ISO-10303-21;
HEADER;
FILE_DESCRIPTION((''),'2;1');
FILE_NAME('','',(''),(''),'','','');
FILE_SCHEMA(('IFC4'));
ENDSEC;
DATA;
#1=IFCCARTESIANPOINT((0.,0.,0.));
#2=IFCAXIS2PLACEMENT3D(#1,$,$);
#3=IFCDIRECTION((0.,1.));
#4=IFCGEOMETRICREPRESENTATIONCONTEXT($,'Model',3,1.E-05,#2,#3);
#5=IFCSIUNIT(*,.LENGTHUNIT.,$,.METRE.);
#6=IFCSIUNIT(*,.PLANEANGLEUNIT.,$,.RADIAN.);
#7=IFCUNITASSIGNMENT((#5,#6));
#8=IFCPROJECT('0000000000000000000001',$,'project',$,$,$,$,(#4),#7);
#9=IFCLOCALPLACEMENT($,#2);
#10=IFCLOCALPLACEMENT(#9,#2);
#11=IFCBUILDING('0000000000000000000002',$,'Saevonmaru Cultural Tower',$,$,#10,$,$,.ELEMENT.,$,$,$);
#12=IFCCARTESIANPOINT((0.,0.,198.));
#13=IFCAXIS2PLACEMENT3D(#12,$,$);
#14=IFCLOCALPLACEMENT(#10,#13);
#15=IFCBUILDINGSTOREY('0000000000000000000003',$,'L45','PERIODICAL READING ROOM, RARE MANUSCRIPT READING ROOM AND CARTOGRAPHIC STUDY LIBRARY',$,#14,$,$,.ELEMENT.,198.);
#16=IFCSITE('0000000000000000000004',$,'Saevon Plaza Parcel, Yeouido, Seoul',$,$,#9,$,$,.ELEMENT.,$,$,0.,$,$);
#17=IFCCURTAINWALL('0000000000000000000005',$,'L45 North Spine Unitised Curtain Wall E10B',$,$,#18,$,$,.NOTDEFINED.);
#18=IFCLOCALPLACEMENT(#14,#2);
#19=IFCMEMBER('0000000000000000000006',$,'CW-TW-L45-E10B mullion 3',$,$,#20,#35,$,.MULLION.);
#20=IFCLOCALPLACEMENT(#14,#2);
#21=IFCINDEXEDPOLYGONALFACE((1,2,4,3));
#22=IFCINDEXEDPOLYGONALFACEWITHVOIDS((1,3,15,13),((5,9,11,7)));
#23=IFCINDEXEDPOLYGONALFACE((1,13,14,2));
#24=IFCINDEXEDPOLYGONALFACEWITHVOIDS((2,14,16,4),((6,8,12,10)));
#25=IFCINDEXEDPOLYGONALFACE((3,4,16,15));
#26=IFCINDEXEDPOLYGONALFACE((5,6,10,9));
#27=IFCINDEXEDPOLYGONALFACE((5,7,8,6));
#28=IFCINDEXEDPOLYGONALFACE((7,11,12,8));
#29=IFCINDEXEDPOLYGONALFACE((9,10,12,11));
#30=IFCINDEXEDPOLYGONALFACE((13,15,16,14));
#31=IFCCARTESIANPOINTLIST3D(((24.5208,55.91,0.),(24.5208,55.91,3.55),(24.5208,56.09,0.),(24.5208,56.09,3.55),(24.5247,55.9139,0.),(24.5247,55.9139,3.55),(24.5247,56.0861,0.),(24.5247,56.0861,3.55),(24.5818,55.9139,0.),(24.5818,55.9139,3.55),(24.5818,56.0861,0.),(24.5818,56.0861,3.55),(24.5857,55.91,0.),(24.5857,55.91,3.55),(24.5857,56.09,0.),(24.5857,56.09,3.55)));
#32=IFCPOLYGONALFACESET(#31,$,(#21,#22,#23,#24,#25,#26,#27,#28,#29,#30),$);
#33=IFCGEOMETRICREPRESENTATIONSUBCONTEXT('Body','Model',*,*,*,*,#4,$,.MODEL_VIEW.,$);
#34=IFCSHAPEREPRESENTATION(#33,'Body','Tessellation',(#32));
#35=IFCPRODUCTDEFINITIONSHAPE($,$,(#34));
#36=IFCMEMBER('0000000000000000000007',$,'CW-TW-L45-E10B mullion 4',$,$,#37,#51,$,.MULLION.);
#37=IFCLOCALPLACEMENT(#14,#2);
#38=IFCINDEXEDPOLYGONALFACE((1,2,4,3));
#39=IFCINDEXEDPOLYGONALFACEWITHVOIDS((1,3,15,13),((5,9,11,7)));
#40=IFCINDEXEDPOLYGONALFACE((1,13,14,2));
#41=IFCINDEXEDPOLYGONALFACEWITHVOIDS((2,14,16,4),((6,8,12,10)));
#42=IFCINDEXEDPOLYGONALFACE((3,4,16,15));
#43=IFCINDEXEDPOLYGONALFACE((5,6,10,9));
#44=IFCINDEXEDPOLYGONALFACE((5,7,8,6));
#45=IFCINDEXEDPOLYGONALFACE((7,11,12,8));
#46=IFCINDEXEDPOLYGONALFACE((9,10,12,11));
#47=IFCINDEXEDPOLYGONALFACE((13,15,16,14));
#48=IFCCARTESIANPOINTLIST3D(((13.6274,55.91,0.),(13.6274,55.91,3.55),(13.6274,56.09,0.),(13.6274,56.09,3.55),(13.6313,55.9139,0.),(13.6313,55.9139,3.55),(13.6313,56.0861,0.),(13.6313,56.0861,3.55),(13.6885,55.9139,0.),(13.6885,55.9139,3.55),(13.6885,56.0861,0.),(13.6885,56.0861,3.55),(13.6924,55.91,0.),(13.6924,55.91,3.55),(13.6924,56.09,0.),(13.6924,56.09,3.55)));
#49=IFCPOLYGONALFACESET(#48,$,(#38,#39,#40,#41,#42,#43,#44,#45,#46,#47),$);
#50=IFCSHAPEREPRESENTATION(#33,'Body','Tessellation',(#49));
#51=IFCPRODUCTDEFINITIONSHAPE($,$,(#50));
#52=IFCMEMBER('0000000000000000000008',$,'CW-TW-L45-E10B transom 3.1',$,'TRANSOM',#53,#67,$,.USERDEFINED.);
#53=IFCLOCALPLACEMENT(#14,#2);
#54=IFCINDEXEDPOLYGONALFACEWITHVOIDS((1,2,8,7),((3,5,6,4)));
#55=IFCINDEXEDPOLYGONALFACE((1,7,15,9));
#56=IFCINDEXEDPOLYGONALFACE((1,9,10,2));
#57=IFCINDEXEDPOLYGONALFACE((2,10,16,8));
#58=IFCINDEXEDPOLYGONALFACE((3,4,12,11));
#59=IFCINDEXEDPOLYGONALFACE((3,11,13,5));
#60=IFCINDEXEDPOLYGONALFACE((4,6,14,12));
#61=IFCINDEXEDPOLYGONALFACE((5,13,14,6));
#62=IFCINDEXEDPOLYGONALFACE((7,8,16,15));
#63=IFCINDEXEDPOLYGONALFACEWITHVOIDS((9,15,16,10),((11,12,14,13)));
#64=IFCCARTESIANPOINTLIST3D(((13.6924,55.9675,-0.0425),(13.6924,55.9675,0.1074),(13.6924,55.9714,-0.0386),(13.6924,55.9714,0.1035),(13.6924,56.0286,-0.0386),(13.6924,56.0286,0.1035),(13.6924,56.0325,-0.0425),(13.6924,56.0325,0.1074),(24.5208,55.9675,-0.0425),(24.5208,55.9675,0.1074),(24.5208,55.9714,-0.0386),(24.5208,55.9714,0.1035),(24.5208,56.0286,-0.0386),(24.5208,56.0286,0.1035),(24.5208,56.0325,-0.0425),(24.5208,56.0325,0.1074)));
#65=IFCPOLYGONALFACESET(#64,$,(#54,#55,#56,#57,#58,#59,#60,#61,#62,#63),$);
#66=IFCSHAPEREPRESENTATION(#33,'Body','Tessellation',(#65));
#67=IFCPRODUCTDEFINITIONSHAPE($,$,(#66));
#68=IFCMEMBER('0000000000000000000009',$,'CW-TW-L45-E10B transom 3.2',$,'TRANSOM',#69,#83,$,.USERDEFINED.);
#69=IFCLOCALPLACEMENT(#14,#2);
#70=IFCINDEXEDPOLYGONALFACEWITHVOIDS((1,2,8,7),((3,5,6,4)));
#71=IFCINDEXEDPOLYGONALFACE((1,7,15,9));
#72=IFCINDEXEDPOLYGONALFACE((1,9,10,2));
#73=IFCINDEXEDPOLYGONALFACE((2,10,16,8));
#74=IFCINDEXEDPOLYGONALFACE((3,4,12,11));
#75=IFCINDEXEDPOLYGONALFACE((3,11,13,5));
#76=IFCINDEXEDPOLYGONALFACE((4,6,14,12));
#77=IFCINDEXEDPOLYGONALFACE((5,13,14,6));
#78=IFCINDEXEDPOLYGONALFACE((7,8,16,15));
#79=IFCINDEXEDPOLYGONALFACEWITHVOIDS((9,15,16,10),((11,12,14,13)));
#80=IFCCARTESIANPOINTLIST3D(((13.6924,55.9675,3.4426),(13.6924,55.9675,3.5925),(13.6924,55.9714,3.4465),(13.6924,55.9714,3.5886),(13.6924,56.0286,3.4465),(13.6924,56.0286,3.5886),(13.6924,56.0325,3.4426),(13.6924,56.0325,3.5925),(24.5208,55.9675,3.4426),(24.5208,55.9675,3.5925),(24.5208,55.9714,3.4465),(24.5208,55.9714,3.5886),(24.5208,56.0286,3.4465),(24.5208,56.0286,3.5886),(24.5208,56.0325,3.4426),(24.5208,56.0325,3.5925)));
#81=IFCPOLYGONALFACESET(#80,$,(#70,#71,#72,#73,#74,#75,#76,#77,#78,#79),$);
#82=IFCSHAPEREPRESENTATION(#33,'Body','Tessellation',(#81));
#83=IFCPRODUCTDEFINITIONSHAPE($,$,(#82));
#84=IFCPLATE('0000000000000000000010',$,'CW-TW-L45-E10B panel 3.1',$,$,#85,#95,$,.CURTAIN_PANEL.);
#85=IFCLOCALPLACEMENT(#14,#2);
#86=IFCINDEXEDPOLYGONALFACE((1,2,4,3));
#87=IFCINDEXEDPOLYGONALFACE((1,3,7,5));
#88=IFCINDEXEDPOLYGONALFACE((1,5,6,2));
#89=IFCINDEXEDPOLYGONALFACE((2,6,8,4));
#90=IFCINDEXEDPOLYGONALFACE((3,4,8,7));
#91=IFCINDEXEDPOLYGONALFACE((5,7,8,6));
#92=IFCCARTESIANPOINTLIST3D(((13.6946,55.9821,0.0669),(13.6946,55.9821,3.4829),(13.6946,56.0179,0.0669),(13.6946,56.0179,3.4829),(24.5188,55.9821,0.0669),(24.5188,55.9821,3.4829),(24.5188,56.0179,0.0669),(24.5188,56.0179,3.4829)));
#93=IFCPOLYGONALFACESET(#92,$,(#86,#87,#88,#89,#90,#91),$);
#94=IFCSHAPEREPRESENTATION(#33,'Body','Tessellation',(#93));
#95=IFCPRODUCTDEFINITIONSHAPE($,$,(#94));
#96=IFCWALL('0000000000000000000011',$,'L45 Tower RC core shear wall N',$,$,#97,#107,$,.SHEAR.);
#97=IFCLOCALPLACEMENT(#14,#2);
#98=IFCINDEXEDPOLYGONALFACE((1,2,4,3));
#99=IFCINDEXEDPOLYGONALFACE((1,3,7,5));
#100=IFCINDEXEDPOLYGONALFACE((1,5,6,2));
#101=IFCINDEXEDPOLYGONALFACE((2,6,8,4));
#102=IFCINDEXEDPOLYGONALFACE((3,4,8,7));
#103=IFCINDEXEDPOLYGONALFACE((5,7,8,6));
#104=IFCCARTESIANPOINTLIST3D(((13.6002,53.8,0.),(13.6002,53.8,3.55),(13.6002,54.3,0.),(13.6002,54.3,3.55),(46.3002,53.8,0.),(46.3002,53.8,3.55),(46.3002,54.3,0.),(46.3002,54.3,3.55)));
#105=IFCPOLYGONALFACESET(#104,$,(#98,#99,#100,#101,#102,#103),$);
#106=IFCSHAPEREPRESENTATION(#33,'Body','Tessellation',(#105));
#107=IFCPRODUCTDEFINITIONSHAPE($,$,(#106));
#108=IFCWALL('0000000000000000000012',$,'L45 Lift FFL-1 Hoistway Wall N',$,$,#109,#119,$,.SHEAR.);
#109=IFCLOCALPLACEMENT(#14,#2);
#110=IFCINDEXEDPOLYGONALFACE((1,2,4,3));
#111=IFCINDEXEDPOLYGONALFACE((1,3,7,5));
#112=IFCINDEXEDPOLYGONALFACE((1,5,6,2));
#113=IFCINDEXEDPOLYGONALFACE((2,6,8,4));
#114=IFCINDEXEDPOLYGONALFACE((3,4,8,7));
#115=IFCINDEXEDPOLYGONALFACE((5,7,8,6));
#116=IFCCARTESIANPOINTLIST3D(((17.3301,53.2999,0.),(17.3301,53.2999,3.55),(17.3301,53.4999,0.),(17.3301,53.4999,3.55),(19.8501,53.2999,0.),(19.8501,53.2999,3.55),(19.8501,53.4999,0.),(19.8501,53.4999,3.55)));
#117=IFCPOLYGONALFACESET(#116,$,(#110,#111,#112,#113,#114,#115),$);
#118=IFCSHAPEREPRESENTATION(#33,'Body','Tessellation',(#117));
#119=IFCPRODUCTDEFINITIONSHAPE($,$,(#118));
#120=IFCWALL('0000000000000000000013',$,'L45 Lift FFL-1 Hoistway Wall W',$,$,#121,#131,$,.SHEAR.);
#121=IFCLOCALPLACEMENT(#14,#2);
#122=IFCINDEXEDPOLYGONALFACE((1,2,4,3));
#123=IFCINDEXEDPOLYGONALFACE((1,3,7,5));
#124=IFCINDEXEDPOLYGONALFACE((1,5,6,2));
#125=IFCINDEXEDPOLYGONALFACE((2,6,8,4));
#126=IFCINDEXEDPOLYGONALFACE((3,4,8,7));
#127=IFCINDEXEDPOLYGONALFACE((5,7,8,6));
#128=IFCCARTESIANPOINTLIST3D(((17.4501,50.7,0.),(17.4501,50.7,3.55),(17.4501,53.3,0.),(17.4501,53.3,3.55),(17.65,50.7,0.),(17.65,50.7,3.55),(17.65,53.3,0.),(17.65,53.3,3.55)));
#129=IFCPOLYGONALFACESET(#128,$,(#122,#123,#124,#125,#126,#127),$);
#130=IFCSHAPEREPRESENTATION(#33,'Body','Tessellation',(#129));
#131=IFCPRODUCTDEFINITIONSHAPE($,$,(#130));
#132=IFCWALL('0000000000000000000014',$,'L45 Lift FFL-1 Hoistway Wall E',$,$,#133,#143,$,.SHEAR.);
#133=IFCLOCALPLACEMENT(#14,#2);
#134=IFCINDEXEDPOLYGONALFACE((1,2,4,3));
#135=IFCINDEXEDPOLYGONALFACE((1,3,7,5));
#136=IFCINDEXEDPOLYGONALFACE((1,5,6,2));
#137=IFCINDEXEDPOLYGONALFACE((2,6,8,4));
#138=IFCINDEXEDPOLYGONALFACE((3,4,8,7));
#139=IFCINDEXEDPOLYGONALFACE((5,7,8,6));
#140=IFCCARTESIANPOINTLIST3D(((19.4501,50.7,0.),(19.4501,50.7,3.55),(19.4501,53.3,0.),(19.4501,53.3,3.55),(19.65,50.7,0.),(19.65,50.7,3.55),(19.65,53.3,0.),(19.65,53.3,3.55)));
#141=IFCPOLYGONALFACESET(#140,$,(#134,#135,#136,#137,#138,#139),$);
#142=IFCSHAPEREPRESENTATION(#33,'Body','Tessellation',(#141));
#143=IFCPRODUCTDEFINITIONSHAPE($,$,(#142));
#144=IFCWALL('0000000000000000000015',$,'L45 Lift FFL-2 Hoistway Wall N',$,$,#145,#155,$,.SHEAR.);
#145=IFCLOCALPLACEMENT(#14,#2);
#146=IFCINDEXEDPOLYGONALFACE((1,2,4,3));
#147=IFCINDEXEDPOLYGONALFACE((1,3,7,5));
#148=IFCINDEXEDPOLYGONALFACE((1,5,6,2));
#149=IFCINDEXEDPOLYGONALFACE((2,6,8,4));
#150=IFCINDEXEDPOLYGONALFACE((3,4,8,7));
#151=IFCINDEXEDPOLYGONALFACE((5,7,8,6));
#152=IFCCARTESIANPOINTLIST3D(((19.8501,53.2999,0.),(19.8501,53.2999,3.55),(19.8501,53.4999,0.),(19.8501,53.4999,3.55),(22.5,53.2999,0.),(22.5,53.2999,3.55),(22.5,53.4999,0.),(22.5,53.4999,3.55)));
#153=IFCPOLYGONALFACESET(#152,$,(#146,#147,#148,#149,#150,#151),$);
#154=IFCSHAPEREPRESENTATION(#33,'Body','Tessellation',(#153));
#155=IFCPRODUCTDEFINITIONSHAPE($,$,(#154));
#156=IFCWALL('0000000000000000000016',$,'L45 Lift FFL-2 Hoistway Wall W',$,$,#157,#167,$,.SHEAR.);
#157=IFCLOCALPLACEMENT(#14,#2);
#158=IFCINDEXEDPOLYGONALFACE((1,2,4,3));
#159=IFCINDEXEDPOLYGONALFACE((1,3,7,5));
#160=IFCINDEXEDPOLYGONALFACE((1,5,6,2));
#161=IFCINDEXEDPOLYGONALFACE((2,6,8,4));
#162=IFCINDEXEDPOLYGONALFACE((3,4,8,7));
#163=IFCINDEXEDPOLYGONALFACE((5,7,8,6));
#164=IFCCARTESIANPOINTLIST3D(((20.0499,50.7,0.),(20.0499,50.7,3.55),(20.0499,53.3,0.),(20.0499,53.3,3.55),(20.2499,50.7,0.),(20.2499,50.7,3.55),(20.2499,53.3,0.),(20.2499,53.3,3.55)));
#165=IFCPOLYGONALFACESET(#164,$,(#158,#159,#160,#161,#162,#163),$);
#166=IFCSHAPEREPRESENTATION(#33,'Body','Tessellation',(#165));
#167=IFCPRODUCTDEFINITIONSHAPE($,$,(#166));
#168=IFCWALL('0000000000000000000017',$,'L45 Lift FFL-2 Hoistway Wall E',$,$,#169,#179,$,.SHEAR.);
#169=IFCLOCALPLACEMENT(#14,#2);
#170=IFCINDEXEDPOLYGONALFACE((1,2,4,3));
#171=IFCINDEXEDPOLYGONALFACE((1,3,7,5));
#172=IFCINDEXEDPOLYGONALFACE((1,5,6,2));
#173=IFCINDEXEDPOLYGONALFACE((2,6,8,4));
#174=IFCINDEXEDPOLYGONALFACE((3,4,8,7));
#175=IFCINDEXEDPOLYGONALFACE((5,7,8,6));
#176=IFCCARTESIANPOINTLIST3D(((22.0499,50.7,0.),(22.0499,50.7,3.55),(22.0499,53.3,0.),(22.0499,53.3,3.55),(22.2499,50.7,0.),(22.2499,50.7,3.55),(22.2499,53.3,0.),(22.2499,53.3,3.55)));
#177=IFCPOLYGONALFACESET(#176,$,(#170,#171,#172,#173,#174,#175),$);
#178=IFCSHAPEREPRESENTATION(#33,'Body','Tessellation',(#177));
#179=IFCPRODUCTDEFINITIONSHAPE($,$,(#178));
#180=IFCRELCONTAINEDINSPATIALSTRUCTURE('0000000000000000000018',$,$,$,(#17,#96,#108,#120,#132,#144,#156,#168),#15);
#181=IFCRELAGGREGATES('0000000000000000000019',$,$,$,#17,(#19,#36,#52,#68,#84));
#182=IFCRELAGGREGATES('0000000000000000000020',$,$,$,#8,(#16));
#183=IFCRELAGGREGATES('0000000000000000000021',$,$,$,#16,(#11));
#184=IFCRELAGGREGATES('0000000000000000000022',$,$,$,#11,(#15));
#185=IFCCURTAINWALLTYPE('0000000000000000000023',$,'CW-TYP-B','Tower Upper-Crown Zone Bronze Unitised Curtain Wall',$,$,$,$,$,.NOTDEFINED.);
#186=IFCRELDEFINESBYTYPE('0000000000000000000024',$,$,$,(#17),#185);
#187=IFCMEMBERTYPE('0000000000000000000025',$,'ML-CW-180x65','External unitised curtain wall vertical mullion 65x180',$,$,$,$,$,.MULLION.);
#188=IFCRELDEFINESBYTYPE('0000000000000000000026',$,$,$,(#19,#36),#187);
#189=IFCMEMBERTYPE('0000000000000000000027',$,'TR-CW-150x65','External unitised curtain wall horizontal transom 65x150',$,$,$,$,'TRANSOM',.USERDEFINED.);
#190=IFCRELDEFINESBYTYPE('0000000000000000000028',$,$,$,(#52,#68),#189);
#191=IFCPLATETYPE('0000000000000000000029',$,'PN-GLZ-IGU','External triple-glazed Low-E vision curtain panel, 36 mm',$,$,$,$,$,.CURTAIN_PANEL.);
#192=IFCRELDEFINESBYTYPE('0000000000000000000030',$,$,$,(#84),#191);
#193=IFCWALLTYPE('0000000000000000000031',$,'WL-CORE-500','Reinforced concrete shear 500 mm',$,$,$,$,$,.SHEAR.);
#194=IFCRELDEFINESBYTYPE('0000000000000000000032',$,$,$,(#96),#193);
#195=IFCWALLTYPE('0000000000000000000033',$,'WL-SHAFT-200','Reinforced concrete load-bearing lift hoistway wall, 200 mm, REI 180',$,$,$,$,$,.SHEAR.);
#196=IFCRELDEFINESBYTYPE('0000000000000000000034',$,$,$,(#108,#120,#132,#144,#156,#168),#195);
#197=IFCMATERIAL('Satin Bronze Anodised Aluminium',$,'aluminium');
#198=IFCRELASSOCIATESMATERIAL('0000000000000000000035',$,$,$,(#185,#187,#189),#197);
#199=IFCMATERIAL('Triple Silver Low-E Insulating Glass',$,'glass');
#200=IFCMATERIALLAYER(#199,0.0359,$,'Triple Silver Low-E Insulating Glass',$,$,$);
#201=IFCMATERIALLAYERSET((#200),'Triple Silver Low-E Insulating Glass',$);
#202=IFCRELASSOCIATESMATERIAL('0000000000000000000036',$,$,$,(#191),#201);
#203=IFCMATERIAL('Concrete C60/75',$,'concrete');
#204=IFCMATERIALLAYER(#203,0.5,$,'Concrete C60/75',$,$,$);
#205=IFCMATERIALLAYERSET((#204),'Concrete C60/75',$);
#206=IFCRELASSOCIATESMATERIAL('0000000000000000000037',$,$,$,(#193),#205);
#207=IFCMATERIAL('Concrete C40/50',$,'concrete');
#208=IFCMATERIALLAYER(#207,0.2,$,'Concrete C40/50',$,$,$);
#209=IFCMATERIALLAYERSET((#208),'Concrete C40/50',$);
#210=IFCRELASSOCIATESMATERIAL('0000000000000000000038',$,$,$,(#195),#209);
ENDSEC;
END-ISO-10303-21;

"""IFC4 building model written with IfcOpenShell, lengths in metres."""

from ifc_helpers import new_model, si_unit, direction, frame, frame_2d, origin, origin_2d, place, context, subcontext, project, spatial, rectangle, hollow_rectangle, extrude, material, layer, layer_set, material_profile, profile_set, type_object, element, aggregate, save


model = new_model("IFC4")

# Units and contexts
model_context = context("Model", 3, precision=1e-05, world=origin(), true_north=direction((0.0, 1.0)))
body_context = subcontext(model_context, "Body", "Model", "MODEL_VIEW")
ifc_project = project(units=[si_unit("LENGTHUNIT", "METRE"), si_unit("PLANEANGLEUNIT", "RADIAN")], contexts=[model_context])

# Site, building, storey
site_placement = place(None, origin())
site = spatial("IfcSite", under=ifc_project, at=site_placement, Name="Saevon Plaza Parcel, Yeouido, Seoul", CompositionType="ELEMENT", RefElevation=0.0)
building_placement = place(site_placement, origin())
building = spatial("IfcBuilding", under=site, at=building_placement, Name="Saevonmaru Cultural Tower", CompositionType="ELEMENT")
storey_placement = place(building_placement, frame((0.0, 0.0, 198.0)))
storey = spatial("IfcBuildingStorey", under=building, at=storey_placement, Name="L45", Description="PERIODICAL READING ROOM, RARE MANUSCRIPT READING ROOM AND CARTOGRAPHIC STUDY LIBRARY", CompositionType="ELEMENT", Elevation=198.0)

# Curtain wall, members, plate
ifc_material_1 = material(Name="Satin Bronze Anodised Aluminium", Category="aluminium")
curtain_wall_type = type_object("IfcCurtainWallType", Name="CW-TYP-B", Description="Tower Upper-Crown Zone Bronze Unitised Curtain Wall", PredefinedType="NOTDEFINED", material=ifc_material_1)
curtain_wall_placement = place(storey_placement, origin())
curtain_wall = element("IfcCurtainWall", 1, at=curtain_wall_placement, inside=storey, type_object=curtain_wall_type, Name="L45 North Spine Unitised Curtain Wall E10B", PredefinedType="NOTDEFINED")
ifc_material_profile_1 = material_profile(ifc_material_1, hollow_rectangle(XDim=0.0649, YDim=0.1799, WallThickness=0.0039, at=origin_2d()), Name="ALU-MULL-180x65x4")
ifc_profile_set_1 = profile_set([ifc_material_profile_1], Name="Satin Bronze Anodised Aluminium")
member_type_1 = type_object("IfcMemberType", Name="ML-CW-180x65", Description="External unitised curtain wall vertical mullion 65x180", PredefinedType="MULLION", material=ifc_profile_set_1)
member_1_placement = place(storey_placement, frame((24.5532, 56.0, 0.0), z_axis=(0.0, 0.0, 1.0), x_axis=(-1.0, 0.0, 0.0)))
member_1 = element("IfcMember", 2, at=member_1_placement, type_object=member_type_1, Name="CW-TW-L45-E10B mullion 3", PredefinedType="MULLION", context=body_context, shape_type="SweptSolid", body=[
    extrude(hollow_rectangle(XDim=0.0649, YDim=0.1799, WallThickness=0.0039, at=origin_2d()), origin(), (0.0, 0.0, 1.0), 3.55),
])
member_2_placement = place(storey_placement, frame((13.6599, 56.0, 0.0), z_axis=(0.0, 0.0, 1.0), x_axis=(-1.0, 0.0, 0.0)))
member_2 = element("IfcMember", 3, at=member_2_placement, type_object=member_type_1, Name="CW-TW-L45-E10B mullion 4", PredefinedType="MULLION", context=body_context, shape_type="SweptSolid", body=[
    extrude(hollow_rectangle(XDim=0.0649, YDim=0.1799, WallThickness=0.0039, at=origin_2d()), origin(), (0.0, 0.0, 1.0), 3.55),
])
ifc_material_profile_2 = material_profile(ifc_material_1, hollow_rectangle(XDim=0.0649, YDim=0.1499, WallThickness=0.0039, at=origin_2d()), Name="ALU-TRAN-150x65x4")
ifc_profile_set_2 = profile_set([ifc_material_profile_2], Name="Satin Bronze Anodised Aluminium")
member_type_2 = type_object("IfcMemberType", Name="TR-CW-150x65", Description="External unitised curtain wall horizontal transom 65x150", ElementType="TRANSOM", PredefinedType="USERDEFINED", material=ifc_profile_set_2)
member_3_placement = place(storey_placement, frame((24.5208, 56.0, 0.0325), z_axis=(-1.0, 0.0, 0.0), x_axis=(0.0, -1.0, 0.0)))
member_3 = element("IfcMember", 4, at=member_3_placement, type_object=member_type_2, Name="CW-TW-L45-E10B transom 3.1", ObjectType="TRANSOM", PredefinedType="USERDEFINED", context=body_context, shape_type="SweptSolid", body=[
    extrude(hollow_rectangle(XDim=0.0649, YDim=0.1499, WallThickness=0.0039, at=origin_2d()), origin(), (0.0, 0.0, 1.0), 10.8284),
])
member_4_placement = place(storey_placement, frame((24.5208, 56.0, 3.5176), z_axis=(-1.0, 0.0, 0.0), x_axis=(0.0, -1.0, 0.0)))
member_4 = element("IfcMember", 5, at=member_4_placement, type_object=member_type_2, Name="CW-TW-L45-E10B transom 3.2", ObjectType="TRANSOM", PredefinedType="USERDEFINED", context=body_context, shape_type="SweptSolid", body=[
    extrude(hollow_rectangle(XDim=0.0649, YDim=0.1499, WallThickness=0.0039, at=origin_2d()), origin(), (0.0, 0.0, 1.0), 10.8284),
])
ifc_material_2 = material(Name="Triple Silver Low-E Insulating Glass", Category="glass")
ifc_layer_1 = layer(ifc_material_2, 0.0359, Name="Triple Silver Low-E Insulating Glass")
ifc_layer_set_1 = layer_set([ifc_layer_1], Name="Triple Silver Low-E Insulating Glass")
plate_type = type_object("IfcPlateType", Name="PN-GLZ-IGU", Description="External triple-glazed Low-E vision curtain panel, 36 mm", PredefinedType="CURTAIN_PANEL", material=ifc_layer_set_1)
plate_placement = place(storey_placement, frame((19.1067, 56.0, 0.0669), z_axis=(0.0, 0.0, 1.0), x_axis=(-1.0, 0.0, 0.0)))
plate = element("IfcPlate", 6, at=plate_placement, type_object=plate_type, Name="CW-TW-L45-E10B panel 3.1", PredefinedType="CURTAIN_PANEL", context=body_context, shape_type="SweptSolid", body=[
    extrude(rectangle(XDim=10.8242, YDim=0.0359, at=origin_2d()), origin(), (0.0, 0.0, 1.0), 3.416),
])
aggregate(curtain_wall, [member_1, member_2, member_3, member_4, plate])

# Walls
ifc_material_3 = material(Name="Concrete C60/75", Category="concrete")
ifc_layer_2 = layer(ifc_material_3, 0.5, Name="Concrete C60/75")
ifc_layer_set_2 = layer_set([ifc_layer_2], Name="Concrete C60/75")
wall_type_1 = type_object("IfcWallType", Name="WL-CORE-500", Description="Reinforced concrete shear 500 mm", PredefinedType="SHEAR", material=ifc_layer_set_2)
wall_1_placement = place(storey_placement, frame((13.6001, 54.05, 0.0), z_axis=(0.0, 0.0, 1.0), x_axis=(1.0, 0.0, 0.0)))
element("IfcWall", 7, at=wall_1_placement, inside=storey, type_object=wall_type_1, Name="L45 Tower RC core shear wall N", PredefinedType="SHEAR", context=body_context, shape_type="SweptSolid", body=[
    extrude(rectangle(XDim=32.7, YDim=0.5, at=frame_2d((16.3501, 0.0))), origin(), (0.0, 0.0, 1.0), 3.55),
])
ifc_material_4 = material(Name="Concrete C40/50", Category="concrete")
ifc_layer_3 = layer(ifc_material_4, 0.2, Name="Concrete C40/50")
ifc_layer_set_3 = layer_set([ifc_layer_3], Name="Concrete C40/50")
wall_type_2 = type_object("IfcWallType", Name="WL-SHAFT-200", Description="Reinforced concrete load-bearing lift hoistway wall, 200 mm, REI 180", PredefinedType="SHEAR", material=ifc_layer_set_3)
wall_2_placement = place(storey_placement, frame((17.3301, 53.3999, 0.0), z_axis=(0.0, 0.0, 1.0), x_axis=(1.0, 0.0, 0.0)))
element("IfcWall", 8, at=wall_2_placement, inside=storey, type_object=wall_type_2, Name="L45 Lift FFL-1 Hoistway Wall N", PredefinedType="SHEAR", context=body_context, shape_type="SweptSolid", body=[
    extrude(rectangle(XDim=2.52, YDim=0.2, at=frame_2d((1.26, 0.0))), origin(), (0.0, 0.0, 1.0), 3.55),
])
for number, where, z_axis, x_axis, name in (
    (9, (17.55, 50.7, 0.0), (0.0, 0.0, 1.0), (0.0, 1.0, 0.0), "L45 Lift FFL-1 Hoistway Wall W"),
    (10, (19.55, 50.7, 0.0), (0.0, 0.0, 1.0), (0.0, 1.0, 0.0), "L45 Lift FFL-1 Hoistway Wall E"),
):
    element("IfcWall", number, at=place(storey_placement, frame(where, z_axis=z_axis, x_axis=x_axis)), inside=storey, type_object=wall_type_2, Name=name, PredefinedType="SHEAR", context=body_context, shape_type="SweptSolid", body=[
        extrude(rectangle(XDim=2.6001, YDim=0.2, at=frame_2d((1.3, 0.0))), origin(), (0.0, 0.0, 1.0), 3.55),
    ])
wall_3_placement = place(storey_placement, frame((19.8501, 53.3999, 0.0), z_axis=(0.0, 0.0, 1.0), x_axis=(1.0, 0.0, 0.0)))
element("IfcWall", 11, at=wall_3_placement, inside=storey, type_object=wall_type_2, Name="L45 Lift FFL-2 Hoistway Wall N", PredefinedType="SHEAR", context=body_context, shape_type="SweptSolid", body=[
    extrude(rectangle(XDim=2.6499, YDim=0.2, at=frame_2d((1.325, 0.0))), origin(), (0.0, 0.0, 1.0), 3.55),
])
for number, where, z_axis, x_axis, name in (
    (12, (20.1499, 50.7, 0.0), (0.0, 0.0, 1.0), (0.0, 1.0, 0.0), "L45 Lift FFL-2 Hoistway Wall W"),
    (13, (22.1499, 50.7, 0.0), (0.0, 0.0, 1.0), (0.0, 1.0, 0.0), "L45 Lift FFL-2 Hoistway Wall E"),
):
    element("IfcWall", number, at=place(storey_placement, frame(where, z_axis=z_axis, x_axis=x_axis)), inside=storey, type_object=wall_type_2, Name=name, PredefinedType="SHEAR", context=body_context, shape_type="SweptSolid", body=[
        extrude(rectangle(XDim=2.6001, YDim=0.2, at=frame_2d((1.3, 0.0))), origin(), (0.0, 0.0, 1.0), 3.55),
    ])

save(model, "model.ifc")
